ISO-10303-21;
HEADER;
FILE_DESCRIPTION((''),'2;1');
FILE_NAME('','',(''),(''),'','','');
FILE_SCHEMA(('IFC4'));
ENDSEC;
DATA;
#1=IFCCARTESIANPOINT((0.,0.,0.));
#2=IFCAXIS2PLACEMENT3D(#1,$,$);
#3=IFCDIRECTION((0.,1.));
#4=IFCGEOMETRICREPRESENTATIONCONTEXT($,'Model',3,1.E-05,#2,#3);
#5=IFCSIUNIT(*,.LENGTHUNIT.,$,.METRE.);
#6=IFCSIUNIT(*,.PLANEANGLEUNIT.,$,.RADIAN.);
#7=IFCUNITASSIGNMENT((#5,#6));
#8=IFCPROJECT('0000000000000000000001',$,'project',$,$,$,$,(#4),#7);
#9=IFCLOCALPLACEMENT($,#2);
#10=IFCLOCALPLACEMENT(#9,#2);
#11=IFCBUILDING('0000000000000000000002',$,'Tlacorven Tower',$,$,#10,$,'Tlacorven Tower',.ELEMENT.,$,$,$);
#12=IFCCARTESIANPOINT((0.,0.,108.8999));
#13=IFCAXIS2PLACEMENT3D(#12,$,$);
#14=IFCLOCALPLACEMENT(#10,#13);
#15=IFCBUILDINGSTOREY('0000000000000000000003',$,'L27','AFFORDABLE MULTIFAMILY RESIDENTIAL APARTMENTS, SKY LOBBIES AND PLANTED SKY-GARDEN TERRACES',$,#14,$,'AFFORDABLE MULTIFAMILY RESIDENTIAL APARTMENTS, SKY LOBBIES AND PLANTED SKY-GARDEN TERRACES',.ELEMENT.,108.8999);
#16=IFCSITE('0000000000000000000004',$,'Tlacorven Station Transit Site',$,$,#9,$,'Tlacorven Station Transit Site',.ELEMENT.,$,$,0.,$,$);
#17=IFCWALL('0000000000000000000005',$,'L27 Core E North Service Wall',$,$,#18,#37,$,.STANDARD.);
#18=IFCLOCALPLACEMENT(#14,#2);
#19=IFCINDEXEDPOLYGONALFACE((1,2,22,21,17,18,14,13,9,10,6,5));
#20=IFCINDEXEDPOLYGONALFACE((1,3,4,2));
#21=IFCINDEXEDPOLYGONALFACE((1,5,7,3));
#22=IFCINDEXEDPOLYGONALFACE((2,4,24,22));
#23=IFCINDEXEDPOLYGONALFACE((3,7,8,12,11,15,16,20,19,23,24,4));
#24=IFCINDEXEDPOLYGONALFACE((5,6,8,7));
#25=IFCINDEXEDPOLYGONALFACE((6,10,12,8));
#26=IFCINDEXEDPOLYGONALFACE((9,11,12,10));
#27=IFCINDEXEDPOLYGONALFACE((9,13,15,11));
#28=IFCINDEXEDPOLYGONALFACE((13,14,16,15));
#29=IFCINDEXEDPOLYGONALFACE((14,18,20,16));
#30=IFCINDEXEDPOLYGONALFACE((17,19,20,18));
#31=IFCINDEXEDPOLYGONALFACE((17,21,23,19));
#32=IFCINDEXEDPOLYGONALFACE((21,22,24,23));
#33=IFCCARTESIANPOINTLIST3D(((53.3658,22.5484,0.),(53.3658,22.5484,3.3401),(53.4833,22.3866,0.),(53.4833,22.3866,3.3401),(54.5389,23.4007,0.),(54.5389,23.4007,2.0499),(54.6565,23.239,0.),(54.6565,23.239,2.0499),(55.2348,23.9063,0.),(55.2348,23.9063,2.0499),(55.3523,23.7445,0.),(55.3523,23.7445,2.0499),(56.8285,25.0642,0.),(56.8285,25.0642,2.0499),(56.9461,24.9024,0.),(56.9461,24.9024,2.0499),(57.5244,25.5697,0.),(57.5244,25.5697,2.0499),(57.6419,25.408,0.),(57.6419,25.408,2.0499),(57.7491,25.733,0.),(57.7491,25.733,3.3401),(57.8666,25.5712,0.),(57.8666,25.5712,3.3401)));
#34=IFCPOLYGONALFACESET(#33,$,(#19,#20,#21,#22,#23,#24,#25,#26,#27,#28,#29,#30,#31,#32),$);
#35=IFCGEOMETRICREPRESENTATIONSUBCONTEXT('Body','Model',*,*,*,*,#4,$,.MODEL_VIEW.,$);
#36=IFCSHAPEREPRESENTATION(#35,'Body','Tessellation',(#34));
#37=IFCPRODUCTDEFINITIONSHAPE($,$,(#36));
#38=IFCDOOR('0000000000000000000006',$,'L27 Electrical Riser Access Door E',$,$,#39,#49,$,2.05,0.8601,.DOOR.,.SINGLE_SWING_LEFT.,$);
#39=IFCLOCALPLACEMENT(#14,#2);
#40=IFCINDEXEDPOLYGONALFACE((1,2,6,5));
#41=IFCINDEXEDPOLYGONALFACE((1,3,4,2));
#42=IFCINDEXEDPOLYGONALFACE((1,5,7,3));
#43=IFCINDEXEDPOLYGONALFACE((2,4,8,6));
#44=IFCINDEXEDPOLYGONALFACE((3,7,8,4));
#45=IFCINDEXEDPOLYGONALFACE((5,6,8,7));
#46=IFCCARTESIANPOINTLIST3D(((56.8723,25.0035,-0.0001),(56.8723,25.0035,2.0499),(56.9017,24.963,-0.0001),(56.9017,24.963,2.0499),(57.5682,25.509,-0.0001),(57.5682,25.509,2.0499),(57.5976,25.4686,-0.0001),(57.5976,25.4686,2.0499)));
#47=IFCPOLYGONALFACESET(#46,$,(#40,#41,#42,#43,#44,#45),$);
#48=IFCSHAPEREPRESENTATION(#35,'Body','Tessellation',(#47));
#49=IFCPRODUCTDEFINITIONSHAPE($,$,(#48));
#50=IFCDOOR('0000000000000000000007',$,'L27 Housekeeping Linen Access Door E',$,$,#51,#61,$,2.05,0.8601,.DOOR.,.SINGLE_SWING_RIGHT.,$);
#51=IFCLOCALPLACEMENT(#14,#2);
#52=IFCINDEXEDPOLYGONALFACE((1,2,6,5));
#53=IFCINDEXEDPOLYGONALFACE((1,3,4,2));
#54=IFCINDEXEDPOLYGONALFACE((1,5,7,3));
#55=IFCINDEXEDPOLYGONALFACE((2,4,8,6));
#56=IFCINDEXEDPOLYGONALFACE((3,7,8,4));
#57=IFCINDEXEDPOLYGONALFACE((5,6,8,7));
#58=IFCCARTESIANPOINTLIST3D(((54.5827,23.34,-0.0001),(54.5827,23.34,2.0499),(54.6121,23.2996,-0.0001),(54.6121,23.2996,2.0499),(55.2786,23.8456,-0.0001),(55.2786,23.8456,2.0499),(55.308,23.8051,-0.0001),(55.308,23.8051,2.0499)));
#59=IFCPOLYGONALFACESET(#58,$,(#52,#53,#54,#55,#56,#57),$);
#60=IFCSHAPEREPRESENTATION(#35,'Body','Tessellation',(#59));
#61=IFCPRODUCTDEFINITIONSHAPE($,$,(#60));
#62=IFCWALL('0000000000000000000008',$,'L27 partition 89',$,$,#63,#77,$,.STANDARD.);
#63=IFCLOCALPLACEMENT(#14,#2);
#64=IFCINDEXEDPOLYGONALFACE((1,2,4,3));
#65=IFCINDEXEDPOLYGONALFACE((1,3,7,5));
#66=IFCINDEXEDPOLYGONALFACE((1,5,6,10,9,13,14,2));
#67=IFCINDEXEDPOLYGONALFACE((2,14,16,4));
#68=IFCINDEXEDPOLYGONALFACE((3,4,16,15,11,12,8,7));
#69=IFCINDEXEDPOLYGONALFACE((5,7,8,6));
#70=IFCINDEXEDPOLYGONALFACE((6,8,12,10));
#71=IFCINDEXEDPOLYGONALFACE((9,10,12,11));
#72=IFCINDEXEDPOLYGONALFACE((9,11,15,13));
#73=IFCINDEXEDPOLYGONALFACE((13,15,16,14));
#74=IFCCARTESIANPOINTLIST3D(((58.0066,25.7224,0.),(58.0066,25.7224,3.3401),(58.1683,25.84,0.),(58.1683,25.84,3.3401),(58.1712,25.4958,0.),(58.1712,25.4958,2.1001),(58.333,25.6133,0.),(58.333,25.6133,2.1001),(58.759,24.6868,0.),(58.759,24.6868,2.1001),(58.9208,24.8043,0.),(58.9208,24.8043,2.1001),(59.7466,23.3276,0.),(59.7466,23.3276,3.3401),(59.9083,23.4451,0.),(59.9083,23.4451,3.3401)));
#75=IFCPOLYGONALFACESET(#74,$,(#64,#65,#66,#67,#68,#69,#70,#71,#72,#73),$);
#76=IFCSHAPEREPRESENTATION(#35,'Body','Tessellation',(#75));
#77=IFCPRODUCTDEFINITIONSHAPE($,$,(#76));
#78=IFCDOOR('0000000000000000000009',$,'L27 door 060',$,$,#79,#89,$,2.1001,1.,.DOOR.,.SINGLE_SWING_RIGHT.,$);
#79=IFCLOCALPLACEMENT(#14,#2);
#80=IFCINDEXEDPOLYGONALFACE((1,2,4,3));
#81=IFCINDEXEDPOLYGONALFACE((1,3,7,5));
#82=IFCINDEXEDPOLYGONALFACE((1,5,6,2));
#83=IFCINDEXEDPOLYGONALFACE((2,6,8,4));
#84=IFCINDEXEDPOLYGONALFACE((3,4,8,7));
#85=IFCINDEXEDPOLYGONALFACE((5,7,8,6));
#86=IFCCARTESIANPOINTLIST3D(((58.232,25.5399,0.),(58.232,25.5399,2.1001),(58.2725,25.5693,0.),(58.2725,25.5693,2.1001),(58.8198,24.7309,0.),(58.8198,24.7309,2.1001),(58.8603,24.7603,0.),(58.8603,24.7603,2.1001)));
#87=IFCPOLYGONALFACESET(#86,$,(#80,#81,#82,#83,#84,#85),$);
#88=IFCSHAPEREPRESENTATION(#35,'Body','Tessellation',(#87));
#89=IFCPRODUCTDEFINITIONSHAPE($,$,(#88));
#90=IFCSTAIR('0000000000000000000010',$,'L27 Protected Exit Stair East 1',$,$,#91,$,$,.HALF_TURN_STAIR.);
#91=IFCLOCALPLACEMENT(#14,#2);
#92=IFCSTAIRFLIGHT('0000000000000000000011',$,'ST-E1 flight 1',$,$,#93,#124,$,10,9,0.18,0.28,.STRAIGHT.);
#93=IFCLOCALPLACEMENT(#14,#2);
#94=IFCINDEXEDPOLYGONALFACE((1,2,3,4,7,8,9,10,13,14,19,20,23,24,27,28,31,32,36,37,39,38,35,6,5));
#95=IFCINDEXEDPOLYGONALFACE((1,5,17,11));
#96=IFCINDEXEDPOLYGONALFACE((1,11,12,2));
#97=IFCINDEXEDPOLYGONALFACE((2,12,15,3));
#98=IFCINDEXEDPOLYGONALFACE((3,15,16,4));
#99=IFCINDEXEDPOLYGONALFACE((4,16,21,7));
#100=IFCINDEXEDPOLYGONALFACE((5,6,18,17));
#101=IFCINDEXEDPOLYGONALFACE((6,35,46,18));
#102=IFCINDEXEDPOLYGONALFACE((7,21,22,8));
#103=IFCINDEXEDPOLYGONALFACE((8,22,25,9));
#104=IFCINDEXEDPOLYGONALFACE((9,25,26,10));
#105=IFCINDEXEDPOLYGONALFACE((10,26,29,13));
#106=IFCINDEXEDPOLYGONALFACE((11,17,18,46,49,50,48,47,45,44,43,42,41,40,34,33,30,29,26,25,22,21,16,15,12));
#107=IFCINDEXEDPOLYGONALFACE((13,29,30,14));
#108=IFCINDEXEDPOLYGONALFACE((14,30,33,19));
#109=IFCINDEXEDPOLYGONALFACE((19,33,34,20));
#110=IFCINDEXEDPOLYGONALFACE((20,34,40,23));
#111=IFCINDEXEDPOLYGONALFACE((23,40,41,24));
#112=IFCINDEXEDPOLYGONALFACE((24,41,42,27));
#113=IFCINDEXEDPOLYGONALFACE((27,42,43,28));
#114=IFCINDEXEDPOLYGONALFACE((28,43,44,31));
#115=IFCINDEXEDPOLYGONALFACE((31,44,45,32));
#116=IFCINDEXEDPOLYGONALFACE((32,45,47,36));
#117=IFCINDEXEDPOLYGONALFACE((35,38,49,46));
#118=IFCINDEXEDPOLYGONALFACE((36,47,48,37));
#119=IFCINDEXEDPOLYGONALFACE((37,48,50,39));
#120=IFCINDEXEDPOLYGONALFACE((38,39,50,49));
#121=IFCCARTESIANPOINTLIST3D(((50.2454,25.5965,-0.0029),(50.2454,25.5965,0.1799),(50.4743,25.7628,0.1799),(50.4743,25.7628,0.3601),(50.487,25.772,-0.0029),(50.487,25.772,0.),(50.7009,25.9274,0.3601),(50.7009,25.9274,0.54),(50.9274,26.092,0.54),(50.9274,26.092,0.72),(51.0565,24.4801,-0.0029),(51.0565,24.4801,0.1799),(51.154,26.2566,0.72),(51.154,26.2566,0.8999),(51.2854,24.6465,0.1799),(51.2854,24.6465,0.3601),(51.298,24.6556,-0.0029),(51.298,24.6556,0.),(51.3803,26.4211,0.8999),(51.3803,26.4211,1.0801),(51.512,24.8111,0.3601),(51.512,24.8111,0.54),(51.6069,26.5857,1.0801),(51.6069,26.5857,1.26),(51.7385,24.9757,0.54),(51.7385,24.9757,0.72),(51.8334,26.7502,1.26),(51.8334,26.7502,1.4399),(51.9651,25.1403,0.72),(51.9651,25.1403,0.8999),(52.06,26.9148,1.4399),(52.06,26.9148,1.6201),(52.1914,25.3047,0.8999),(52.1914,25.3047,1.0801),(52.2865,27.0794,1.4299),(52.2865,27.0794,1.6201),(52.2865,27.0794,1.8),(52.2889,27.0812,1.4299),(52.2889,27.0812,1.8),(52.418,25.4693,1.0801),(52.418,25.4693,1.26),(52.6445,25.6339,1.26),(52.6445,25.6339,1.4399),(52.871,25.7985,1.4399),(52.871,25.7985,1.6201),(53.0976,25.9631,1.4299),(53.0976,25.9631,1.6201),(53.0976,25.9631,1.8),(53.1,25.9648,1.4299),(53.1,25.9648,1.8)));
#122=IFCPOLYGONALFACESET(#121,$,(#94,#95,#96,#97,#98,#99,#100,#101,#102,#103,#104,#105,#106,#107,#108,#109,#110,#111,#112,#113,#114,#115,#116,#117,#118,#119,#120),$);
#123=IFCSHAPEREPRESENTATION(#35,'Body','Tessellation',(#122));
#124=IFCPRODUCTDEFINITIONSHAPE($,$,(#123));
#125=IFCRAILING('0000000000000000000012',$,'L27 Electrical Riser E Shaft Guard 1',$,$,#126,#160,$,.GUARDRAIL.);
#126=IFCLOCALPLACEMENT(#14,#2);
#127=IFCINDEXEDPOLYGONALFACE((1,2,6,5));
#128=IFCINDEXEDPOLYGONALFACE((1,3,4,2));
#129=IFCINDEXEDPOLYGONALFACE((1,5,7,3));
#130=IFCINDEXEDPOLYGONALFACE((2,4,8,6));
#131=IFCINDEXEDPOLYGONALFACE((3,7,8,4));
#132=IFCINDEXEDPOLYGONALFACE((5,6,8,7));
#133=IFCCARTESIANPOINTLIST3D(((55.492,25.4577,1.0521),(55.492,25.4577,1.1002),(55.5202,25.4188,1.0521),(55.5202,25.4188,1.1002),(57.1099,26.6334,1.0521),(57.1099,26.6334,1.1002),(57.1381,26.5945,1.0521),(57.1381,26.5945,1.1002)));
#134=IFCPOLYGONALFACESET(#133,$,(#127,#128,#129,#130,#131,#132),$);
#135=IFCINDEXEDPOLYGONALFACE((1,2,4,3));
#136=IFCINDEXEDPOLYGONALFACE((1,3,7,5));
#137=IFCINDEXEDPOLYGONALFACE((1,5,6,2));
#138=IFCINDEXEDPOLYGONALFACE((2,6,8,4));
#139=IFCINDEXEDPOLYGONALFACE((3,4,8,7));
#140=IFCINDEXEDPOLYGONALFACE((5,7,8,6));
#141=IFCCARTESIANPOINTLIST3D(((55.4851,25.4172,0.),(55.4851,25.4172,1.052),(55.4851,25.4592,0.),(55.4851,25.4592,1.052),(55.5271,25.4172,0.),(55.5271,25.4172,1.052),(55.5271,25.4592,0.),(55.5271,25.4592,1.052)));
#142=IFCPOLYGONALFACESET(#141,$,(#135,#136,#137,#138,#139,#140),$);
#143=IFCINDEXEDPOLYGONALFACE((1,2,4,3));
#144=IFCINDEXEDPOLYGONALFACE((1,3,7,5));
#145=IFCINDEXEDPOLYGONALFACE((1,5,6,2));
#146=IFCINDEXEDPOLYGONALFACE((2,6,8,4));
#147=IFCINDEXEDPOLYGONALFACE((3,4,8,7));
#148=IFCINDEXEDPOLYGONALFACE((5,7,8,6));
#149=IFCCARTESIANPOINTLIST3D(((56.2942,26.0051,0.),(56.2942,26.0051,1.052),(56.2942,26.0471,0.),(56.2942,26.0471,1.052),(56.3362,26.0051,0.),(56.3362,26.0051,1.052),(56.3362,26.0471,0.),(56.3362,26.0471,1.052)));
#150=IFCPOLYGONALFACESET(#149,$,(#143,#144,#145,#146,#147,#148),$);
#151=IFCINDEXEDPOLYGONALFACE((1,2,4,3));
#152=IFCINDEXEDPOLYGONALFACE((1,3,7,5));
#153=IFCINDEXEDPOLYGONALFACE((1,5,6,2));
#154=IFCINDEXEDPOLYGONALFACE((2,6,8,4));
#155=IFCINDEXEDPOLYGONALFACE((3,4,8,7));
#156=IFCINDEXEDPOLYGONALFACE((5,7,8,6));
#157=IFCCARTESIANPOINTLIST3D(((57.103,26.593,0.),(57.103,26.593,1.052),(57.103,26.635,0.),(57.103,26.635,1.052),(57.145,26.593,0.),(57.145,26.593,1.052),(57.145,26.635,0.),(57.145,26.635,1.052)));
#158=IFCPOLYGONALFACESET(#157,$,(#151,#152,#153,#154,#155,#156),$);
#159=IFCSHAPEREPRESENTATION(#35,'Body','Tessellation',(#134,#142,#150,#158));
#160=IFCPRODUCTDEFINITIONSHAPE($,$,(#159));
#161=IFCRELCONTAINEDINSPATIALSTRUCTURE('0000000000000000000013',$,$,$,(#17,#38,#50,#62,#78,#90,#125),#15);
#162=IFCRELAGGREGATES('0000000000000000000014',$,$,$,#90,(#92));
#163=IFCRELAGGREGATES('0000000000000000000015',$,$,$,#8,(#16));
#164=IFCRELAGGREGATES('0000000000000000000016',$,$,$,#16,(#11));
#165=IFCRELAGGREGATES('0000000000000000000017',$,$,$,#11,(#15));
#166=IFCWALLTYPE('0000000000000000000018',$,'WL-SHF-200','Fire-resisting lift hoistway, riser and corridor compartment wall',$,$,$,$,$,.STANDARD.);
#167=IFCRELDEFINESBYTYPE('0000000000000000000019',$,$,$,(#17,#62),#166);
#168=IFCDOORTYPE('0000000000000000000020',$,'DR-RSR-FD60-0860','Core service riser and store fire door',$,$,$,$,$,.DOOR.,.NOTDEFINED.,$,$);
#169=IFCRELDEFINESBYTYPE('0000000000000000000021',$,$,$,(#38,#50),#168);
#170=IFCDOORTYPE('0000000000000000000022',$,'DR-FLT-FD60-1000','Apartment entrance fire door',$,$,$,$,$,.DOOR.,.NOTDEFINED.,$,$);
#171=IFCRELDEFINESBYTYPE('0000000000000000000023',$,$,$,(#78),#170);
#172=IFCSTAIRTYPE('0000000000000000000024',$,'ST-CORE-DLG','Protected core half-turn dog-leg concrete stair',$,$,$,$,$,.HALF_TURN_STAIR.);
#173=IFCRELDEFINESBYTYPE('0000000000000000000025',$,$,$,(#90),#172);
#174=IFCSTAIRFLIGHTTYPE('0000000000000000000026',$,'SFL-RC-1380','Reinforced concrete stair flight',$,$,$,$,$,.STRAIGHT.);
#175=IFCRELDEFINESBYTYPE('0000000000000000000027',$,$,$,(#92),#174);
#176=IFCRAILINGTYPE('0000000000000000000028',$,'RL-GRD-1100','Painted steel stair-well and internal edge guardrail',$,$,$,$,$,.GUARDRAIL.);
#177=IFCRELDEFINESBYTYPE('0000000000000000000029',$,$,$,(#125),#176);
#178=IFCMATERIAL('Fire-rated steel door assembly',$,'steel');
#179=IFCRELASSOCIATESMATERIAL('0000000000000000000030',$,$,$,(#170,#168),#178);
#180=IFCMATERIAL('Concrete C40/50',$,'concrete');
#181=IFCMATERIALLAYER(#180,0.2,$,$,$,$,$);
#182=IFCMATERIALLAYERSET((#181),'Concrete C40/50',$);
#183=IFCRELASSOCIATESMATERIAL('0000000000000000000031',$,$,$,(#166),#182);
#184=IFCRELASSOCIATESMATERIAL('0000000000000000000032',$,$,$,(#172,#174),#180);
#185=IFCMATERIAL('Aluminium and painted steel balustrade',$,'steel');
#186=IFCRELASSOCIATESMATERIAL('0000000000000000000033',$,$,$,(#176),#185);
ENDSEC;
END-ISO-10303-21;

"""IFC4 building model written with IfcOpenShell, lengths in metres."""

from ifc_helpers import new_model, si_unit, direction, frame, frame_2d, origin, origin_2d, place, context, subcontext, project, spatial, polyline, rectangle, outline, extrude, source, transform, mapped, material, layer, layer_set, type_object, element, fill, aggregate, save


model = new_model("IFC4")

# Units and contexts
model_context = context("Model", 3, precision=1e-05, world=origin(), true_north=direction((0.0, 1.0)))
body_context = subcontext(model_context, "Body", "Model", "MODEL_VIEW")
ifc_project = project(units=[si_unit("LENGTHUNIT", "METRE"), si_unit("PLANEANGLEUNIT", "RADIAN")], contexts=[model_context])

# Site, building, storey
site_placement = place(None, origin())
site = spatial("IfcSite", under=ifc_project, at=site_placement, Name="Tlacorven Station Transit Site", LongName="Tlacorven Station Transit Site", CompositionType="ELEMENT", RefElevation=0.0)
building_placement = place(site_placement, origin())
building = spatial("IfcBuilding", under=site, at=building_placement, Name="Tlacorven Tower", LongName="Tlacorven Tower", CompositionType="ELEMENT")
storey_placement = place(building_placement, frame((0.0, 0.0, 108.8999)))
storey = spatial("IfcBuildingStorey", under=building, at=storey_placement, Name="L27", Description="AFFORDABLE MULTIFAMILY RESIDENTIAL APARTMENTS, SKY LOBBIES AND PLANTED SKY-GARDEN TERRACES", LongName="AFFORDABLE MULTIFAMILY RESIDENTIAL APARTMENTS, SKY LOBBIES AND PLANTED SKY-GARDEN TERRACES", CompositionType="ELEMENT", Elevation=108.8999)

# Shared definitions
ifc_material_1 = material(Name="Fire-rated steel door assembly", Category="steel")
door_type_1 = type_object("IfcDoorType", Name="DR-FLT-FD60-1000", Description="Apartment entrance fire door", OperationType="NOTDEFINED", PredefinedType="DOOR", material=ifc_material_1)
shared_shape_1 = source(origin(), body_context, "Body", "SweptSolid", [
    extrude(rectangle(XDim=1.0, YDim=2.1001, at=frame_2d((0.5, 1.05))), frame((0.0, 0.0249, 0.0), z_axis=(0.0, -1.0, 0.0), x_axis=(1.0, 0.0, 0.0)), (0.0, 0.0, 1.0), 0.05),
])

# Shared definitions
ifc_material_2 = material(Name="Concrete C40/50", Category="concrete")
ifc_layer_1 = layer(ifc_material_2, 0.2)
ifc_layer_set_1 = layer_set([ifc_layer_1], Name="Concrete C40/50")
wall_type_1 = type_object("IfcWallType", Name="WL-SHF-200", Description="Fire-resisting lift hoistway, riser and corridor compartment wall", PredefinedType="STANDARD", material=ifc_layer_set_1)

# Wall, openings, doors
wall_1_placement = place(storey_placement, frame((53.4246, 22.4675, 0.0), z_axis=(0.0, 0.0, 1.0), x_axis=(0.809024, 0.587775, 0.0)))
wall_1 = element("IfcWall", 1, at=wall_1_placement, inside=storey, type_object=wall_type_1, Name="L27 Core E North Service Wall", PredefinedType="STANDARD", context=body_context, shape_type="SweptSolid", body=[
    extrude(rectangle(XDim=5.418, YDim=0.2, at=frame_2d((2.709, 0.0))), origin(), (0.0, 0.0, 1.0), 3.3401),
])
opening_1_placement = place(wall_1_placement, frame((4.28, 0.0, 0.0)))
opening_1 = element("IfcOpeningElement", 2, at=opening_1_placement, cuts=wall_1, PredefinedType="OPENING", context=body_context, shape_type="SweptSolid", body=[
    extrude(rectangle(XDim=0.8601, YDim=2.05, at=frame_2d((0.4302, 1.0249))), frame((0.0, 0.1099, 0.0), z_axis=(0.0, -1.0, 0.0), x_axis=(1.0, 0.0, 0.0)), (0.0, 0.0, 1.0), 0.22),
])
opening_2_placement = place(wall_1_placement, frame((1.45, 0.0, 0.0)))
opening_2 = element("IfcOpeningElement", 3, at=opening_2_placement, cuts=wall_1, PredefinedType="OPENING", context=body_context, shape_type="SweptSolid", body=[
    extrude(rectangle(XDim=0.8601, YDim=2.05, at=frame_2d((0.4302, 1.0249))), frame((0.0, 0.1099, 0.0), z_axis=(0.0, -1.0, 0.0), x_axis=(1.0, 0.0, 0.0)), (0.0, 0.0, 1.0), 0.22),
])
door_type_2 = type_object("IfcDoorType", Name="DR-RSR-FD60-0860", Description="Core service riser and store fire door", OperationType="NOTDEFINED", PredefinedType="DOOR", material=ifc_material_1)
shared_shape_2 = source(origin(), body_context, "Body", "SweptSolid", [
    extrude(rectangle(XDim=0.8601, YDim=2.05, at=frame_2d((0.4302, 1.0249))), frame((0.0, 0.0249, 0.0), z_axis=(0.0, -1.0, 0.0), x_axis=(1.0, 0.0, 0.0)), (0.0, 0.0, 1.0), 0.05),
])
door_1_placement = place(opening_1_placement, frame((0.8601, 0.0, 0.0), z_axis=(0.0, 0.0, 1.0), x_axis=(-1.0, 0.0, 0.0)))
door_1 = element("IfcDoor", 4, at=door_1_placement, inside=storey, type_object=door_type_2, Name="L27 Electrical Riser Access Door E", OperationType="SINGLE_SWING_LEFT", OverallHeight=2.05, OverallWidth=0.8601, PredefinedType="DOOR", context=body_context, shape_type="MappedRepresentation", body=[
    mapped(shared_shape_2, transform((0.0, 0.0, 0.0), scale=1.0)),
])
fill(opening_1, door_1)
door_2_placement = place(opening_2_placement, frame((0.8601, 0.0, 0.0), z_axis=(0.0, 0.0, 1.0), x_axis=(-1.0, 0.0, 0.0)))
door_2 = element("IfcDoor", 5, at=door_2_placement, inside=storey, type_object=door_type_2, Name="L27 Housekeeping Linen Access Door E", OperationType="SINGLE_SWING_RIGHT", OverallHeight=2.05, OverallWidth=0.8601, PredefinedType="DOOR", context=body_context, shape_type="MappedRepresentation", body=[
    mapped(shared_shape_2, transform((0.0, 0.0, 0.0), scale=1.0)),
])
fill(opening_2, door_2)

# Wall, opening, door
wall_2_placement = place(storey_placement, frame((59.8274, 23.3865, 0.0), z_axis=(0.0, 0.0, 1.0), x_axis=(-0.587804, 0.809003, 0.0)))
wall_2 = element("IfcWall", 6, at=wall_2_placement, inside=storey, type_object=wall_type_1, Name="L27 partition 89", PredefinedType="STANDARD", context=body_context, shape_type="SweptSolid", body=[
    extrude(rectangle(XDim=2.9602, YDim=0.2, at=frame_2d((1.48, 0.0))), origin(), (0.0, 0.0, 1.0), 3.3401),
])
opening_3_placement = place(wall_2_placement, frame((1.6799, 0.0, 0.0)))
opening_3 = element("IfcOpeningElement", 7, at=opening_3_placement, cuts=wall_2, PredefinedType="OPENING", context=body_context, shape_type="SweptSolid", body=[
    extrude(rectangle(XDim=1.0, YDim=2.1001, at=frame_2d((0.5, 1.05))), frame((0.0, 0.1099, 0.0), z_axis=(0.0, -1.0, 0.0), x_axis=(1.0, 0.0, 0.0)), (0.0, 0.0, 1.0), 0.22),
])
door_3_placement = place(opening_3_placement, origin())
door_3 = element("IfcDoor", 8, at=door_3_placement, inside=storey, type_object=door_type_1, Name="L27 door 060", OperationType="SINGLE_SWING_RIGHT", OverallHeight=2.1001, OverallWidth=1.0, PredefinedType="DOOR", context=body_context, shape_type="MappedRepresentation", body=[
    mapped(shared_shape_1, transform((0.0, 0.0, 0.0), scale=1.0)),
])
fill(opening_3, door_3)

# Stair, stair flight
stair_type = type_object("IfcStairType", Name="ST-CORE-DLG", Description="Protected core half-turn dog-leg concrete stair", PredefinedType="HALF_TURN_STAIR", material=ifc_material_2)
stair_placement = place(storey_placement, origin())
stair = element("IfcStair", 9, at=stair_placement, inside=storey, type_object=stair_type, Name="L27 Protected Exit Stair East 1", PredefinedType="HALF_TURN_STAIR")
stair_flight_type = type_object("IfcStairFlightType", Name="SFL-RC-1380", Description="Reinforced concrete stair flight", PredefinedType="STRAIGHT", material=ifc_material_2)
shared_shape_3 = source(origin(), body_context, "Body", "SweptSolid", [
    extrude(outline(polyline([(-0.0029, -0.0029), (-0.0029, 0.1799), (0.28, 0.1799), (0.28, 0.3601), (0.5601, 0.3601), (0.5601, 0.54), (0.8401, 0.54), (0.8401, 0.72), (1.1201, 0.72), (1.1201, 0.8999), (1.3999, 0.8999), (1.3999, 1.0801), (1.6799, 1.0801), (1.6799, 1.26), (1.96, 1.26), (1.96, 1.4399), (2.24, 1.4399), (2.24, 1.6201), (2.52, 1.6201), (2.52, 1.8), (2.5229, 1.8), (2.5229, 1.4299), (2.52, 1.4299), (0.2957, 0.0), (0.2957, -0.0029), (-0.0029, -0.0029)])), frame((0.0, 0.6899, 0.0), z_axis=(0.0, -1.0, 0.0), x_axis=(1.0, 0.0, 0.0)), (0.0, 0.0, 1.0), 1.3799),
])
stair_flight_placement = place(storey_placement, frame((50.6533, 25.04, 0.0), z_axis=(0.0, 0.0, 1.0), x_axis=(0.809017, 0.587785, 0.0)))
stair_flight = element("IfcStairFlight", 10, at=stair_flight_placement, type_object=stair_flight_type, Name="ST-E1 flight 1", NumberOfRisers=10, NumberOfTreads=9, PredefinedType="STRAIGHT", RiserHeight=0.18, TreadLength=0.28, context=body_context, shape_type="MappedRepresentation", body=[
    mapped(shared_shape_3, transform((0.0, 0.0, 0.0), scale=1.0)),
])
aggregate(stair, [stair_flight])

# Railing
ifc_material_3 = material(Name="Aluminium and painted steel balustrade", Category="steel")
railing_type_1 = type_object("IfcRailingType", Name="RL-GRD-1100", Description="Painted steel stair-well and internal edge guardrail", PredefinedType="GUARDRAIL", material=ifc_material_3)
shared_shape_4 = source(origin(), body_context, "Body", "SweptSolid", [
    extrude(rectangle(XDim=0.0481, YDim=0.0481, at=origin_2d()), frame((0.0, 0.0, 1.0762), z_axis=(0.808947, 0.587881, 0.0), x_axis=(-0.587881, 0.808947, 0.0)), (0.0, 0.0, 1.0), 2.0),
    extrude(rectangle(XDim=0.042, YDim=0.042, at=origin_2d()), origin(), (0.0, 0.0, 1.0), 1.052),
    extrude(rectangle(XDim=0.042, YDim=0.042, at=origin_2d()), frame((0.8091, 0.5879, 0.0)), (0.0, 0.0, 1.0), 1.052),
    extrude(rectangle(XDim=0.042, YDim=0.042, at=origin_2d()), frame((1.6179, 1.1758, 0.0)), (0.0, 0.0, 1.0), 1.052),
])
railing_1_placement = place(storey_placement, frame((55.5061, 25.4382, 0.0)))
element("IfcRailing", 11, at=railing_1_placement, inside=storey, type_object=railing_type_1, Name="L27 Electrical Riser E Shaft Guard 1", PredefinedType="GUARDRAIL", context=body_context, shape_type="MappedRepresentation", body=[
    mapped(shared_shape_4, transform((0.0, 0.0, 0.0), scale=1.0)),
])

save(model, "model.ifc")
